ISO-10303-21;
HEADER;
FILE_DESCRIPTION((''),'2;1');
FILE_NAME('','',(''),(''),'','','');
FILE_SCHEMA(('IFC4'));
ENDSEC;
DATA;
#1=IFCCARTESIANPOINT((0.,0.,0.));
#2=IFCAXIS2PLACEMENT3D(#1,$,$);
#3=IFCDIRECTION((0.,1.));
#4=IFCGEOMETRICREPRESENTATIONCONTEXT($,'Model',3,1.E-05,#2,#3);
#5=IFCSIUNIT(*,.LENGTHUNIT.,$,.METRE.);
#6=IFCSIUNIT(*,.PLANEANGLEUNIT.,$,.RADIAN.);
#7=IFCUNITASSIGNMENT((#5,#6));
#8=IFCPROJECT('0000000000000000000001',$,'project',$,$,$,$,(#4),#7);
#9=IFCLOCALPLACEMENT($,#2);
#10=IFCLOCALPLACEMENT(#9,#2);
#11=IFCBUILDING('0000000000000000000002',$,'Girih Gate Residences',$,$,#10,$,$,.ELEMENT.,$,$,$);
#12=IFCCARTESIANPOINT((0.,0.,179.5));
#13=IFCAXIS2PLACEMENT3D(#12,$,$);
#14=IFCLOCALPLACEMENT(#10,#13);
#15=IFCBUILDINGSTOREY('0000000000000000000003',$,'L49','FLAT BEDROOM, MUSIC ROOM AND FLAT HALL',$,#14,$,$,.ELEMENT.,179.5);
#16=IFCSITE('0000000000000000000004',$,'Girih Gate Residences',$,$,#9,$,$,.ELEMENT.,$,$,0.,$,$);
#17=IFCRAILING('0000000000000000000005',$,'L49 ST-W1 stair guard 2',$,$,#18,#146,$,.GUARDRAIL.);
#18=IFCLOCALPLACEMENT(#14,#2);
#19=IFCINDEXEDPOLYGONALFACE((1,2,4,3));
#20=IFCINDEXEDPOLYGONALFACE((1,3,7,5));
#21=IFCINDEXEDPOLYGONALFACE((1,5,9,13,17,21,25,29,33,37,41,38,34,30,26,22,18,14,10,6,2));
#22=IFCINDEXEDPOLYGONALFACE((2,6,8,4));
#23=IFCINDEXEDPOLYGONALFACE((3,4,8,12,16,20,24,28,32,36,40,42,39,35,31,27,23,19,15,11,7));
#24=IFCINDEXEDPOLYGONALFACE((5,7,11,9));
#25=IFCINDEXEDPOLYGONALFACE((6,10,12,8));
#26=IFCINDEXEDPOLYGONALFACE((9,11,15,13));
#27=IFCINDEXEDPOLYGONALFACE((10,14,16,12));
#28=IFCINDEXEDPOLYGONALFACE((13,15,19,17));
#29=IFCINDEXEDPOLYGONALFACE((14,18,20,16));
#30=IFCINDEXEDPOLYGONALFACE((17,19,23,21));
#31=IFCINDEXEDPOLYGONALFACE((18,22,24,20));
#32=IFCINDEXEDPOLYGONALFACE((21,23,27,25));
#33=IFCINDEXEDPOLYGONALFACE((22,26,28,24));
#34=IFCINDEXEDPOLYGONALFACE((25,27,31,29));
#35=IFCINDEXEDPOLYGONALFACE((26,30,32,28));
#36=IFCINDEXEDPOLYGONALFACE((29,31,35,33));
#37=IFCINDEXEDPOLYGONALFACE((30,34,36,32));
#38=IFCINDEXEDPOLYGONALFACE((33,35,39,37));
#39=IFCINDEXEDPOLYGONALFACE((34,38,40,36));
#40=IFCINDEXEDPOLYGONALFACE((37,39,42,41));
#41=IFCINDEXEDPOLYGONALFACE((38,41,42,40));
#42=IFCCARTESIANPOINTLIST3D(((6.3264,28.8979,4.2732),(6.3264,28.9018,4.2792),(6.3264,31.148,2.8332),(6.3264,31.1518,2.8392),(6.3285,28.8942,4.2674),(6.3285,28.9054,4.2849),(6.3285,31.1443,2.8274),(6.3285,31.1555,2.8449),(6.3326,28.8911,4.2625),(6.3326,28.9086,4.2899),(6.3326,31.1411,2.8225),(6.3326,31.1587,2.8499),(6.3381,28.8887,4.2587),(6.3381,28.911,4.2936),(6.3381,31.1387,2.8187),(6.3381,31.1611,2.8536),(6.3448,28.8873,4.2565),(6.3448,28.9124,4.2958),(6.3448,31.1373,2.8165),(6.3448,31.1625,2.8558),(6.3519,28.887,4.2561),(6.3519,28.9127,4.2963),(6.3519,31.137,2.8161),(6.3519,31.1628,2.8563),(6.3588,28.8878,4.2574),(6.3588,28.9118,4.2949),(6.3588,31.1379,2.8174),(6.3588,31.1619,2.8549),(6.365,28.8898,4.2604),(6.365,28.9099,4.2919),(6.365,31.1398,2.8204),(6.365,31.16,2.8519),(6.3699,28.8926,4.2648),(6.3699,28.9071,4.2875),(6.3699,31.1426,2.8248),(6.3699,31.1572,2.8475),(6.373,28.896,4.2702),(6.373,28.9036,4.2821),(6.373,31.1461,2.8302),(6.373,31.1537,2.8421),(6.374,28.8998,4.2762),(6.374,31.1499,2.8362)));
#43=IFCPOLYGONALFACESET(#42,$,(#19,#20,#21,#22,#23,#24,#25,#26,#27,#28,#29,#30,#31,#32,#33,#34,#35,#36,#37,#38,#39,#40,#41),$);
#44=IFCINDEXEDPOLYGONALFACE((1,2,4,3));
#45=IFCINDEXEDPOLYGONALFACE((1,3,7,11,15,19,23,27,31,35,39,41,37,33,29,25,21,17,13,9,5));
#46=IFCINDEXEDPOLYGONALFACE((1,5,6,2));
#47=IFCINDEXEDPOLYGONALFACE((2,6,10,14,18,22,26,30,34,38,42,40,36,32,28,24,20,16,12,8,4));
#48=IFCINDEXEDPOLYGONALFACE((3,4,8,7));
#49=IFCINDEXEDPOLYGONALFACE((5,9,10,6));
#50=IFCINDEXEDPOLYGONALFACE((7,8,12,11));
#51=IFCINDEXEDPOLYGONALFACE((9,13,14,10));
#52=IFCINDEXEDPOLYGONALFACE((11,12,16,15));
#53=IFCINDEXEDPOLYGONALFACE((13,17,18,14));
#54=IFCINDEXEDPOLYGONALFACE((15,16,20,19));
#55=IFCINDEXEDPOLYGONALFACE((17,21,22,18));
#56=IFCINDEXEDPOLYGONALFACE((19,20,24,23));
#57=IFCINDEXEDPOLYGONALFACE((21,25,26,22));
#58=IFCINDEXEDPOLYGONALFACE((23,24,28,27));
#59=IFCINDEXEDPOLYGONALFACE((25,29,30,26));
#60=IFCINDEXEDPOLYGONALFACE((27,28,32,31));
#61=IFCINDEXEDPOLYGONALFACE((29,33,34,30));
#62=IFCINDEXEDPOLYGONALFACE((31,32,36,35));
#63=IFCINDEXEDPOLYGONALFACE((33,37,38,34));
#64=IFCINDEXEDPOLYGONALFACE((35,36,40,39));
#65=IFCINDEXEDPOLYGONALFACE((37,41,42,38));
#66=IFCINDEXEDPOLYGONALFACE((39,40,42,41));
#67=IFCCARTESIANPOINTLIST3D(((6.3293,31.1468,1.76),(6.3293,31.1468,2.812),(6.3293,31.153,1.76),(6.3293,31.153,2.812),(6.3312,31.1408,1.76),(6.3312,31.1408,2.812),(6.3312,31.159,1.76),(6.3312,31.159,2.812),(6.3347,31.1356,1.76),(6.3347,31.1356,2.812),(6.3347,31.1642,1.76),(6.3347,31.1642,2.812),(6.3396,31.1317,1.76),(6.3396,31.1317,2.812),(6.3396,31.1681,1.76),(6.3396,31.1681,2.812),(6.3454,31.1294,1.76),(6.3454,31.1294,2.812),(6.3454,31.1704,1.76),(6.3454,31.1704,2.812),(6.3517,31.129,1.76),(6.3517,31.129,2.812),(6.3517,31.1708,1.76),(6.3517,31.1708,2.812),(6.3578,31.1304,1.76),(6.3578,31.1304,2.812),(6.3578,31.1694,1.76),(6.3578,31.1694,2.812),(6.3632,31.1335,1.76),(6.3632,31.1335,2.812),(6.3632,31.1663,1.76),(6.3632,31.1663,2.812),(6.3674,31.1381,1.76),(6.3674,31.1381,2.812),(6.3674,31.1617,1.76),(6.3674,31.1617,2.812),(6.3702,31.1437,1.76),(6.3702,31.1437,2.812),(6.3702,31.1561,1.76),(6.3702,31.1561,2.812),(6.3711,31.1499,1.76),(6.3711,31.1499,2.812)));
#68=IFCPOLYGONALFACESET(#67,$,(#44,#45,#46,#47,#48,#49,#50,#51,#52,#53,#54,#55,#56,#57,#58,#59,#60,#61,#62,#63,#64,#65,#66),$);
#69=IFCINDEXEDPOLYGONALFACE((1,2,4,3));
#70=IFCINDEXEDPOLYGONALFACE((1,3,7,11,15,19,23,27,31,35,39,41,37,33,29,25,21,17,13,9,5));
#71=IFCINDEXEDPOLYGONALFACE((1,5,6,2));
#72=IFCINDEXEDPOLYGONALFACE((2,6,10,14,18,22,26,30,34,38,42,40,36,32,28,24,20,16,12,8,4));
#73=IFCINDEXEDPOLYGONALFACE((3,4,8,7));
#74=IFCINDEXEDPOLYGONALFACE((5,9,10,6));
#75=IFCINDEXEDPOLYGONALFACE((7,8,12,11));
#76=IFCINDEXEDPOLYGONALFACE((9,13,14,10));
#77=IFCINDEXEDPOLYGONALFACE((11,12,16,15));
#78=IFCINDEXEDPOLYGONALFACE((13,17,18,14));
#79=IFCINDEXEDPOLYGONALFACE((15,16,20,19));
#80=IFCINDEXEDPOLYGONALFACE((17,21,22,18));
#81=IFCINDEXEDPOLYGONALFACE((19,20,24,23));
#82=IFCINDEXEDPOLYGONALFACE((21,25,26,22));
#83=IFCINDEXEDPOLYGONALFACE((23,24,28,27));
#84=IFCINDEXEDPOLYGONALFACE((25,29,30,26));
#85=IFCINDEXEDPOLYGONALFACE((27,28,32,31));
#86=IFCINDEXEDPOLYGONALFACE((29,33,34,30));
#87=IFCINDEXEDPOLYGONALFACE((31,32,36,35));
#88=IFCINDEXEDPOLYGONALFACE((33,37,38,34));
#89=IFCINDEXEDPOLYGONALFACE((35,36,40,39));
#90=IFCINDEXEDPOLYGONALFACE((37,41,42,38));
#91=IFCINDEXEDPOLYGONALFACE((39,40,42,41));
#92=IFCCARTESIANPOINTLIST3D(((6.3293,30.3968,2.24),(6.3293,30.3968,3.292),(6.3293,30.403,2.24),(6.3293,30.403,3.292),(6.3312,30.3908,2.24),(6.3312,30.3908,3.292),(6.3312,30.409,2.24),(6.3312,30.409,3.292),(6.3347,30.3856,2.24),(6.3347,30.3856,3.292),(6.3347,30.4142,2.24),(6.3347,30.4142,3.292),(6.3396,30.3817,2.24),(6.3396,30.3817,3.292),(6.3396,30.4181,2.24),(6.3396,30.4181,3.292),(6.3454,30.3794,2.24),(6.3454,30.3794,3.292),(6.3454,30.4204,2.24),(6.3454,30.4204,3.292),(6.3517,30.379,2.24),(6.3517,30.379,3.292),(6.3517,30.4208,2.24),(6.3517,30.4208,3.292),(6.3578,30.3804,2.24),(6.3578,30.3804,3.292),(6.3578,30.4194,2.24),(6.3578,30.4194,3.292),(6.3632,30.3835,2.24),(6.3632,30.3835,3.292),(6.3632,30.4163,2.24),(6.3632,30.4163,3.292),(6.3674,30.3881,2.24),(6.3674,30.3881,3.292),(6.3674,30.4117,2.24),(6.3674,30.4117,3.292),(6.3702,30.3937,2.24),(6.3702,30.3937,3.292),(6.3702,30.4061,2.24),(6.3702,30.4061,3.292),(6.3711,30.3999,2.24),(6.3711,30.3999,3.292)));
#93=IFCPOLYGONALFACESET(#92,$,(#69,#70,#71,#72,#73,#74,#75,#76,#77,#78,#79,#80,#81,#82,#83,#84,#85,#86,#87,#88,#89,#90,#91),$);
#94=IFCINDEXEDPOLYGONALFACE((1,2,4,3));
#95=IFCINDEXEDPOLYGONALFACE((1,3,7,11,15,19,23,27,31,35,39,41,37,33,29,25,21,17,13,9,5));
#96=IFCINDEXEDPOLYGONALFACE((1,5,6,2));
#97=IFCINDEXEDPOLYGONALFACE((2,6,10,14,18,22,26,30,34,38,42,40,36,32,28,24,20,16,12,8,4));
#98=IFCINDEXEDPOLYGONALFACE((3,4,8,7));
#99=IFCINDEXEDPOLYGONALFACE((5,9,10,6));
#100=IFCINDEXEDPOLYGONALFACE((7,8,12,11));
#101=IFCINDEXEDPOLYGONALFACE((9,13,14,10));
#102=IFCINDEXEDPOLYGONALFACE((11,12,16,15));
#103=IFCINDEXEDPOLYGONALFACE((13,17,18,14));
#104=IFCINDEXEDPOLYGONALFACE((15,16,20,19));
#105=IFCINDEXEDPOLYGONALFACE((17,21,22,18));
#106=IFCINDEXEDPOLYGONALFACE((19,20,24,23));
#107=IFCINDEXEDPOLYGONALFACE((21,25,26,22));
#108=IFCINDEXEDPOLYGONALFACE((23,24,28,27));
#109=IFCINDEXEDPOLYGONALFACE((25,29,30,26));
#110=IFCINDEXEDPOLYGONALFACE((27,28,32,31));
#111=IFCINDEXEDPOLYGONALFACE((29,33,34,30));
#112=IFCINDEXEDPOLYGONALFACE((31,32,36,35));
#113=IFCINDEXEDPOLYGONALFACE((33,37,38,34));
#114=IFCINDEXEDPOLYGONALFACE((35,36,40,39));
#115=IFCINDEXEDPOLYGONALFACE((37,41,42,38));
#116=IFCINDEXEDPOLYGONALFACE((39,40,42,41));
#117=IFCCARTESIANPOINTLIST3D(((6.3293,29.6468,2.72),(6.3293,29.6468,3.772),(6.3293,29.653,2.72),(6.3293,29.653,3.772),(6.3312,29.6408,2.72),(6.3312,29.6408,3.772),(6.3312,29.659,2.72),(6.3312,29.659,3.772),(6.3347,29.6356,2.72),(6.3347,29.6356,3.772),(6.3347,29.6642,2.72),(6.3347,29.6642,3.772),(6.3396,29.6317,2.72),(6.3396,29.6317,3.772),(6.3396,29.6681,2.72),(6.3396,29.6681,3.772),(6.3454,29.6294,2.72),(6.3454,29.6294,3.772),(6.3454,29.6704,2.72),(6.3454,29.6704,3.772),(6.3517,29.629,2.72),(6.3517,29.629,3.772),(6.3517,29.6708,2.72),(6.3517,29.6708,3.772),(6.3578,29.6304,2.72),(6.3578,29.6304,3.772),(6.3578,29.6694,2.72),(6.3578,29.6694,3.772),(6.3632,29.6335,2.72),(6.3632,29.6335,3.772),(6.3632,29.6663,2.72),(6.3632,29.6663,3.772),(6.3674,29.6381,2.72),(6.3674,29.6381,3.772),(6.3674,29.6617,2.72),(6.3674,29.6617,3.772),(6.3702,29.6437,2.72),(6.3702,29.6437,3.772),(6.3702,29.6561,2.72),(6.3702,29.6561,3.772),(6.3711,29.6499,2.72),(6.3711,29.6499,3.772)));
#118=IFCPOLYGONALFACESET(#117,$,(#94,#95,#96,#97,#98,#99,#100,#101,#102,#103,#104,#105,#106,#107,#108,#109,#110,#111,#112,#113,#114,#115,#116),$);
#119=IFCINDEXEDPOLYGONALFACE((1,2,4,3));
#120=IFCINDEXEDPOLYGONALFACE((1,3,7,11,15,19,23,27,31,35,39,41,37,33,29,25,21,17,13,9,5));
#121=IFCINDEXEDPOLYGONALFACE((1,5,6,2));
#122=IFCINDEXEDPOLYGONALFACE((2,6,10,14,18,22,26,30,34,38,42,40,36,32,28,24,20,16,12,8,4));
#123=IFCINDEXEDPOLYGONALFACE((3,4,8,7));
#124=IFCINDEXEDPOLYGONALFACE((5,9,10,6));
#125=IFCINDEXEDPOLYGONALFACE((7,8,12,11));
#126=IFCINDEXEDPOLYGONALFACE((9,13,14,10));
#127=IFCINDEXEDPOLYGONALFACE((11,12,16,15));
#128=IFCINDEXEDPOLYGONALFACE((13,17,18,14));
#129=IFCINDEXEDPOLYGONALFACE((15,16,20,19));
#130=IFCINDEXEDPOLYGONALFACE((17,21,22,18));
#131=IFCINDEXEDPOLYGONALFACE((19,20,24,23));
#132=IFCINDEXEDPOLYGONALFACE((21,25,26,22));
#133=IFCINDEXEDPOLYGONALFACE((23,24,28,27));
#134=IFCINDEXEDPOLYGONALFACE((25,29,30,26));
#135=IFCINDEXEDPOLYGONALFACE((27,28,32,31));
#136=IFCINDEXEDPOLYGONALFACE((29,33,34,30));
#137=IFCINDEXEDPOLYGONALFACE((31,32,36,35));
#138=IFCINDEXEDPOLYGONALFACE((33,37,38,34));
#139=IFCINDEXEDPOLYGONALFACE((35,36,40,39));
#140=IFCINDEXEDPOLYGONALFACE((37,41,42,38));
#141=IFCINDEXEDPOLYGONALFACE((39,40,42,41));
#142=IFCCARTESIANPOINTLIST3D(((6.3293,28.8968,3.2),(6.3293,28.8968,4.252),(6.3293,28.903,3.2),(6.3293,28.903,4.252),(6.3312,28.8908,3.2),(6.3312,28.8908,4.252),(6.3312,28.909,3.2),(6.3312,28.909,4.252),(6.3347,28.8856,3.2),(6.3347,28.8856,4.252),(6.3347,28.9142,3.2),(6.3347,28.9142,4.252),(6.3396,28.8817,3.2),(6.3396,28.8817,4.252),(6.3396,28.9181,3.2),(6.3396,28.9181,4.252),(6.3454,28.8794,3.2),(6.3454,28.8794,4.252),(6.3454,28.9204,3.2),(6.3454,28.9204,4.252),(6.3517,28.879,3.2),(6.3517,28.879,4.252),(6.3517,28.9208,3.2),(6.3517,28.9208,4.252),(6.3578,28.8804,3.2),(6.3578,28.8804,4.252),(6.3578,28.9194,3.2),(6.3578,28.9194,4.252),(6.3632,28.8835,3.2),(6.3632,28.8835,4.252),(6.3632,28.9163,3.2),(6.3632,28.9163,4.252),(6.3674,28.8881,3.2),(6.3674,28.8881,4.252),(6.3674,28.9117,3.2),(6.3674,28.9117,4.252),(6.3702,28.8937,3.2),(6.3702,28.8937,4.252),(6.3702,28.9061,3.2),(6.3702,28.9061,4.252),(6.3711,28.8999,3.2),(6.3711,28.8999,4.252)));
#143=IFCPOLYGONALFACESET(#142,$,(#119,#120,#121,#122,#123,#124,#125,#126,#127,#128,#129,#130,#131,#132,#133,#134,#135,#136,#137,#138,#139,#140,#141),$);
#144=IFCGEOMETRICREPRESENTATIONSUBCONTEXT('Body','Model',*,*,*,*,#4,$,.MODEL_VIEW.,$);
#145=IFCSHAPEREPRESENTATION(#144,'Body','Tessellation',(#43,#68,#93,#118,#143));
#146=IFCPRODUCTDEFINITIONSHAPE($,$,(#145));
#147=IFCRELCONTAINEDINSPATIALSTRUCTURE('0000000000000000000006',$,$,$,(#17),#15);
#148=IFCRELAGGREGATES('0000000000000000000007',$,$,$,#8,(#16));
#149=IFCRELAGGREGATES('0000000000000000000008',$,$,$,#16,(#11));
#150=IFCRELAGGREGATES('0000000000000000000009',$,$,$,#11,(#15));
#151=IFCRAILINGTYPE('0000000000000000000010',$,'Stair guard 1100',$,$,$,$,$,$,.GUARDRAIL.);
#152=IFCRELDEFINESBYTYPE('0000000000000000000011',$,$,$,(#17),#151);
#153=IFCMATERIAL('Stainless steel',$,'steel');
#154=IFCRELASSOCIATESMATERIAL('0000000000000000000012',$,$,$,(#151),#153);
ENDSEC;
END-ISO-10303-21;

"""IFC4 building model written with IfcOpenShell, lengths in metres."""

from ifc_helpers import new_model, si_unit, direction, frame, origin, origin_2d, place, context, subcontext, project, spatial, circle, extrude, material, type_object, element, save


model = new_model("IFC4")

# Units and contexts
model_context = context("Model", 3, precision=1e-05, world=origin(), true_north=direction((0.0, 1.0)))
body_context = subcontext(model_context, "Body", "Model", "MODEL_VIEW")
ifc_project = project(units=[si_unit("LENGTHUNIT", "METRE"), si_unit("PLANEANGLEUNIT", "RADIAN")], contexts=[model_context])

# Site, building, storey
site_placement = place(None, origin())
site = spatial("IfcSite", under=ifc_project, at=site_placement, Name="Girih Gate Residences", CompositionType="ELEMENT", RefElevation=0.0)
building_placement = place(site_placement, origin())
building = spatial("IfcBuilding", under=site, at=building_placement, Name="Girih Gate Residences", CompositionType="ELEMENT")
storey_placement = place(building_placement, frame((0.0, 0.0, 179.5)))
storey = spatial("IfcBuildingStorey", under=building, at=storey_placement, Name="L49", Description="FLAT BEDROOM, MUSIC ROOM AND FLAT HALL", CompositionType="ELEMENT", Elevation=179.5)

# Shared definitions
ifc_material_1 = material(Name="Stainless steel", Category="steel")

# Railing
railing_type_1 = type_object("IfcRailingType", Name="Stair guard 1100", PredefinedType="GUARDRAIL", material=ifc_material_1)
railing_1_placement = place(storey_placement, frame((6.3501, 31.1499, 1.76)))
element("IfcRailing", 1, at=railing_1_placement, inside=storey, type_object=railing_type_1, Name="L49 ST-W1 stair guard 2", PredefinedType="GUARDRAIL", context=body_context, shape_type="SweptSolid", body=[
    extrude(circle(Radius=0.0239, at=origin_2d()), frame((0.0, 0.0, 1.0762), z_axis=(0.0, -0.842281, 0.539038), x_axis=(1.0, 0.0, 0.0)), (0.0, 0.0, 1.0), 2.6714),
    extrude(circle(Radius=0.021, at=origin_2d()), origin(), (0.0, 0.0, 1.0), 1.052),
    extrude(circle(Radius=0.021, at=origin_2d()), frame((0.0, -0.75, 0.48)), (0.0, 0.0, 1.0), 1.052),
    extrude(circle(Radius=0.021, at=origin_2d()), frame((0.0, -1.5, 0.96)), (0.0, 0.0, 1.0), 1.052),
    extrude(circle(Radius=0.021, at=origin_2d()), frame((0.0, -2.25, 1.4399)), (0.0, 0.0, 1.0), 1.052),
])

save(model, "model.ifc")
